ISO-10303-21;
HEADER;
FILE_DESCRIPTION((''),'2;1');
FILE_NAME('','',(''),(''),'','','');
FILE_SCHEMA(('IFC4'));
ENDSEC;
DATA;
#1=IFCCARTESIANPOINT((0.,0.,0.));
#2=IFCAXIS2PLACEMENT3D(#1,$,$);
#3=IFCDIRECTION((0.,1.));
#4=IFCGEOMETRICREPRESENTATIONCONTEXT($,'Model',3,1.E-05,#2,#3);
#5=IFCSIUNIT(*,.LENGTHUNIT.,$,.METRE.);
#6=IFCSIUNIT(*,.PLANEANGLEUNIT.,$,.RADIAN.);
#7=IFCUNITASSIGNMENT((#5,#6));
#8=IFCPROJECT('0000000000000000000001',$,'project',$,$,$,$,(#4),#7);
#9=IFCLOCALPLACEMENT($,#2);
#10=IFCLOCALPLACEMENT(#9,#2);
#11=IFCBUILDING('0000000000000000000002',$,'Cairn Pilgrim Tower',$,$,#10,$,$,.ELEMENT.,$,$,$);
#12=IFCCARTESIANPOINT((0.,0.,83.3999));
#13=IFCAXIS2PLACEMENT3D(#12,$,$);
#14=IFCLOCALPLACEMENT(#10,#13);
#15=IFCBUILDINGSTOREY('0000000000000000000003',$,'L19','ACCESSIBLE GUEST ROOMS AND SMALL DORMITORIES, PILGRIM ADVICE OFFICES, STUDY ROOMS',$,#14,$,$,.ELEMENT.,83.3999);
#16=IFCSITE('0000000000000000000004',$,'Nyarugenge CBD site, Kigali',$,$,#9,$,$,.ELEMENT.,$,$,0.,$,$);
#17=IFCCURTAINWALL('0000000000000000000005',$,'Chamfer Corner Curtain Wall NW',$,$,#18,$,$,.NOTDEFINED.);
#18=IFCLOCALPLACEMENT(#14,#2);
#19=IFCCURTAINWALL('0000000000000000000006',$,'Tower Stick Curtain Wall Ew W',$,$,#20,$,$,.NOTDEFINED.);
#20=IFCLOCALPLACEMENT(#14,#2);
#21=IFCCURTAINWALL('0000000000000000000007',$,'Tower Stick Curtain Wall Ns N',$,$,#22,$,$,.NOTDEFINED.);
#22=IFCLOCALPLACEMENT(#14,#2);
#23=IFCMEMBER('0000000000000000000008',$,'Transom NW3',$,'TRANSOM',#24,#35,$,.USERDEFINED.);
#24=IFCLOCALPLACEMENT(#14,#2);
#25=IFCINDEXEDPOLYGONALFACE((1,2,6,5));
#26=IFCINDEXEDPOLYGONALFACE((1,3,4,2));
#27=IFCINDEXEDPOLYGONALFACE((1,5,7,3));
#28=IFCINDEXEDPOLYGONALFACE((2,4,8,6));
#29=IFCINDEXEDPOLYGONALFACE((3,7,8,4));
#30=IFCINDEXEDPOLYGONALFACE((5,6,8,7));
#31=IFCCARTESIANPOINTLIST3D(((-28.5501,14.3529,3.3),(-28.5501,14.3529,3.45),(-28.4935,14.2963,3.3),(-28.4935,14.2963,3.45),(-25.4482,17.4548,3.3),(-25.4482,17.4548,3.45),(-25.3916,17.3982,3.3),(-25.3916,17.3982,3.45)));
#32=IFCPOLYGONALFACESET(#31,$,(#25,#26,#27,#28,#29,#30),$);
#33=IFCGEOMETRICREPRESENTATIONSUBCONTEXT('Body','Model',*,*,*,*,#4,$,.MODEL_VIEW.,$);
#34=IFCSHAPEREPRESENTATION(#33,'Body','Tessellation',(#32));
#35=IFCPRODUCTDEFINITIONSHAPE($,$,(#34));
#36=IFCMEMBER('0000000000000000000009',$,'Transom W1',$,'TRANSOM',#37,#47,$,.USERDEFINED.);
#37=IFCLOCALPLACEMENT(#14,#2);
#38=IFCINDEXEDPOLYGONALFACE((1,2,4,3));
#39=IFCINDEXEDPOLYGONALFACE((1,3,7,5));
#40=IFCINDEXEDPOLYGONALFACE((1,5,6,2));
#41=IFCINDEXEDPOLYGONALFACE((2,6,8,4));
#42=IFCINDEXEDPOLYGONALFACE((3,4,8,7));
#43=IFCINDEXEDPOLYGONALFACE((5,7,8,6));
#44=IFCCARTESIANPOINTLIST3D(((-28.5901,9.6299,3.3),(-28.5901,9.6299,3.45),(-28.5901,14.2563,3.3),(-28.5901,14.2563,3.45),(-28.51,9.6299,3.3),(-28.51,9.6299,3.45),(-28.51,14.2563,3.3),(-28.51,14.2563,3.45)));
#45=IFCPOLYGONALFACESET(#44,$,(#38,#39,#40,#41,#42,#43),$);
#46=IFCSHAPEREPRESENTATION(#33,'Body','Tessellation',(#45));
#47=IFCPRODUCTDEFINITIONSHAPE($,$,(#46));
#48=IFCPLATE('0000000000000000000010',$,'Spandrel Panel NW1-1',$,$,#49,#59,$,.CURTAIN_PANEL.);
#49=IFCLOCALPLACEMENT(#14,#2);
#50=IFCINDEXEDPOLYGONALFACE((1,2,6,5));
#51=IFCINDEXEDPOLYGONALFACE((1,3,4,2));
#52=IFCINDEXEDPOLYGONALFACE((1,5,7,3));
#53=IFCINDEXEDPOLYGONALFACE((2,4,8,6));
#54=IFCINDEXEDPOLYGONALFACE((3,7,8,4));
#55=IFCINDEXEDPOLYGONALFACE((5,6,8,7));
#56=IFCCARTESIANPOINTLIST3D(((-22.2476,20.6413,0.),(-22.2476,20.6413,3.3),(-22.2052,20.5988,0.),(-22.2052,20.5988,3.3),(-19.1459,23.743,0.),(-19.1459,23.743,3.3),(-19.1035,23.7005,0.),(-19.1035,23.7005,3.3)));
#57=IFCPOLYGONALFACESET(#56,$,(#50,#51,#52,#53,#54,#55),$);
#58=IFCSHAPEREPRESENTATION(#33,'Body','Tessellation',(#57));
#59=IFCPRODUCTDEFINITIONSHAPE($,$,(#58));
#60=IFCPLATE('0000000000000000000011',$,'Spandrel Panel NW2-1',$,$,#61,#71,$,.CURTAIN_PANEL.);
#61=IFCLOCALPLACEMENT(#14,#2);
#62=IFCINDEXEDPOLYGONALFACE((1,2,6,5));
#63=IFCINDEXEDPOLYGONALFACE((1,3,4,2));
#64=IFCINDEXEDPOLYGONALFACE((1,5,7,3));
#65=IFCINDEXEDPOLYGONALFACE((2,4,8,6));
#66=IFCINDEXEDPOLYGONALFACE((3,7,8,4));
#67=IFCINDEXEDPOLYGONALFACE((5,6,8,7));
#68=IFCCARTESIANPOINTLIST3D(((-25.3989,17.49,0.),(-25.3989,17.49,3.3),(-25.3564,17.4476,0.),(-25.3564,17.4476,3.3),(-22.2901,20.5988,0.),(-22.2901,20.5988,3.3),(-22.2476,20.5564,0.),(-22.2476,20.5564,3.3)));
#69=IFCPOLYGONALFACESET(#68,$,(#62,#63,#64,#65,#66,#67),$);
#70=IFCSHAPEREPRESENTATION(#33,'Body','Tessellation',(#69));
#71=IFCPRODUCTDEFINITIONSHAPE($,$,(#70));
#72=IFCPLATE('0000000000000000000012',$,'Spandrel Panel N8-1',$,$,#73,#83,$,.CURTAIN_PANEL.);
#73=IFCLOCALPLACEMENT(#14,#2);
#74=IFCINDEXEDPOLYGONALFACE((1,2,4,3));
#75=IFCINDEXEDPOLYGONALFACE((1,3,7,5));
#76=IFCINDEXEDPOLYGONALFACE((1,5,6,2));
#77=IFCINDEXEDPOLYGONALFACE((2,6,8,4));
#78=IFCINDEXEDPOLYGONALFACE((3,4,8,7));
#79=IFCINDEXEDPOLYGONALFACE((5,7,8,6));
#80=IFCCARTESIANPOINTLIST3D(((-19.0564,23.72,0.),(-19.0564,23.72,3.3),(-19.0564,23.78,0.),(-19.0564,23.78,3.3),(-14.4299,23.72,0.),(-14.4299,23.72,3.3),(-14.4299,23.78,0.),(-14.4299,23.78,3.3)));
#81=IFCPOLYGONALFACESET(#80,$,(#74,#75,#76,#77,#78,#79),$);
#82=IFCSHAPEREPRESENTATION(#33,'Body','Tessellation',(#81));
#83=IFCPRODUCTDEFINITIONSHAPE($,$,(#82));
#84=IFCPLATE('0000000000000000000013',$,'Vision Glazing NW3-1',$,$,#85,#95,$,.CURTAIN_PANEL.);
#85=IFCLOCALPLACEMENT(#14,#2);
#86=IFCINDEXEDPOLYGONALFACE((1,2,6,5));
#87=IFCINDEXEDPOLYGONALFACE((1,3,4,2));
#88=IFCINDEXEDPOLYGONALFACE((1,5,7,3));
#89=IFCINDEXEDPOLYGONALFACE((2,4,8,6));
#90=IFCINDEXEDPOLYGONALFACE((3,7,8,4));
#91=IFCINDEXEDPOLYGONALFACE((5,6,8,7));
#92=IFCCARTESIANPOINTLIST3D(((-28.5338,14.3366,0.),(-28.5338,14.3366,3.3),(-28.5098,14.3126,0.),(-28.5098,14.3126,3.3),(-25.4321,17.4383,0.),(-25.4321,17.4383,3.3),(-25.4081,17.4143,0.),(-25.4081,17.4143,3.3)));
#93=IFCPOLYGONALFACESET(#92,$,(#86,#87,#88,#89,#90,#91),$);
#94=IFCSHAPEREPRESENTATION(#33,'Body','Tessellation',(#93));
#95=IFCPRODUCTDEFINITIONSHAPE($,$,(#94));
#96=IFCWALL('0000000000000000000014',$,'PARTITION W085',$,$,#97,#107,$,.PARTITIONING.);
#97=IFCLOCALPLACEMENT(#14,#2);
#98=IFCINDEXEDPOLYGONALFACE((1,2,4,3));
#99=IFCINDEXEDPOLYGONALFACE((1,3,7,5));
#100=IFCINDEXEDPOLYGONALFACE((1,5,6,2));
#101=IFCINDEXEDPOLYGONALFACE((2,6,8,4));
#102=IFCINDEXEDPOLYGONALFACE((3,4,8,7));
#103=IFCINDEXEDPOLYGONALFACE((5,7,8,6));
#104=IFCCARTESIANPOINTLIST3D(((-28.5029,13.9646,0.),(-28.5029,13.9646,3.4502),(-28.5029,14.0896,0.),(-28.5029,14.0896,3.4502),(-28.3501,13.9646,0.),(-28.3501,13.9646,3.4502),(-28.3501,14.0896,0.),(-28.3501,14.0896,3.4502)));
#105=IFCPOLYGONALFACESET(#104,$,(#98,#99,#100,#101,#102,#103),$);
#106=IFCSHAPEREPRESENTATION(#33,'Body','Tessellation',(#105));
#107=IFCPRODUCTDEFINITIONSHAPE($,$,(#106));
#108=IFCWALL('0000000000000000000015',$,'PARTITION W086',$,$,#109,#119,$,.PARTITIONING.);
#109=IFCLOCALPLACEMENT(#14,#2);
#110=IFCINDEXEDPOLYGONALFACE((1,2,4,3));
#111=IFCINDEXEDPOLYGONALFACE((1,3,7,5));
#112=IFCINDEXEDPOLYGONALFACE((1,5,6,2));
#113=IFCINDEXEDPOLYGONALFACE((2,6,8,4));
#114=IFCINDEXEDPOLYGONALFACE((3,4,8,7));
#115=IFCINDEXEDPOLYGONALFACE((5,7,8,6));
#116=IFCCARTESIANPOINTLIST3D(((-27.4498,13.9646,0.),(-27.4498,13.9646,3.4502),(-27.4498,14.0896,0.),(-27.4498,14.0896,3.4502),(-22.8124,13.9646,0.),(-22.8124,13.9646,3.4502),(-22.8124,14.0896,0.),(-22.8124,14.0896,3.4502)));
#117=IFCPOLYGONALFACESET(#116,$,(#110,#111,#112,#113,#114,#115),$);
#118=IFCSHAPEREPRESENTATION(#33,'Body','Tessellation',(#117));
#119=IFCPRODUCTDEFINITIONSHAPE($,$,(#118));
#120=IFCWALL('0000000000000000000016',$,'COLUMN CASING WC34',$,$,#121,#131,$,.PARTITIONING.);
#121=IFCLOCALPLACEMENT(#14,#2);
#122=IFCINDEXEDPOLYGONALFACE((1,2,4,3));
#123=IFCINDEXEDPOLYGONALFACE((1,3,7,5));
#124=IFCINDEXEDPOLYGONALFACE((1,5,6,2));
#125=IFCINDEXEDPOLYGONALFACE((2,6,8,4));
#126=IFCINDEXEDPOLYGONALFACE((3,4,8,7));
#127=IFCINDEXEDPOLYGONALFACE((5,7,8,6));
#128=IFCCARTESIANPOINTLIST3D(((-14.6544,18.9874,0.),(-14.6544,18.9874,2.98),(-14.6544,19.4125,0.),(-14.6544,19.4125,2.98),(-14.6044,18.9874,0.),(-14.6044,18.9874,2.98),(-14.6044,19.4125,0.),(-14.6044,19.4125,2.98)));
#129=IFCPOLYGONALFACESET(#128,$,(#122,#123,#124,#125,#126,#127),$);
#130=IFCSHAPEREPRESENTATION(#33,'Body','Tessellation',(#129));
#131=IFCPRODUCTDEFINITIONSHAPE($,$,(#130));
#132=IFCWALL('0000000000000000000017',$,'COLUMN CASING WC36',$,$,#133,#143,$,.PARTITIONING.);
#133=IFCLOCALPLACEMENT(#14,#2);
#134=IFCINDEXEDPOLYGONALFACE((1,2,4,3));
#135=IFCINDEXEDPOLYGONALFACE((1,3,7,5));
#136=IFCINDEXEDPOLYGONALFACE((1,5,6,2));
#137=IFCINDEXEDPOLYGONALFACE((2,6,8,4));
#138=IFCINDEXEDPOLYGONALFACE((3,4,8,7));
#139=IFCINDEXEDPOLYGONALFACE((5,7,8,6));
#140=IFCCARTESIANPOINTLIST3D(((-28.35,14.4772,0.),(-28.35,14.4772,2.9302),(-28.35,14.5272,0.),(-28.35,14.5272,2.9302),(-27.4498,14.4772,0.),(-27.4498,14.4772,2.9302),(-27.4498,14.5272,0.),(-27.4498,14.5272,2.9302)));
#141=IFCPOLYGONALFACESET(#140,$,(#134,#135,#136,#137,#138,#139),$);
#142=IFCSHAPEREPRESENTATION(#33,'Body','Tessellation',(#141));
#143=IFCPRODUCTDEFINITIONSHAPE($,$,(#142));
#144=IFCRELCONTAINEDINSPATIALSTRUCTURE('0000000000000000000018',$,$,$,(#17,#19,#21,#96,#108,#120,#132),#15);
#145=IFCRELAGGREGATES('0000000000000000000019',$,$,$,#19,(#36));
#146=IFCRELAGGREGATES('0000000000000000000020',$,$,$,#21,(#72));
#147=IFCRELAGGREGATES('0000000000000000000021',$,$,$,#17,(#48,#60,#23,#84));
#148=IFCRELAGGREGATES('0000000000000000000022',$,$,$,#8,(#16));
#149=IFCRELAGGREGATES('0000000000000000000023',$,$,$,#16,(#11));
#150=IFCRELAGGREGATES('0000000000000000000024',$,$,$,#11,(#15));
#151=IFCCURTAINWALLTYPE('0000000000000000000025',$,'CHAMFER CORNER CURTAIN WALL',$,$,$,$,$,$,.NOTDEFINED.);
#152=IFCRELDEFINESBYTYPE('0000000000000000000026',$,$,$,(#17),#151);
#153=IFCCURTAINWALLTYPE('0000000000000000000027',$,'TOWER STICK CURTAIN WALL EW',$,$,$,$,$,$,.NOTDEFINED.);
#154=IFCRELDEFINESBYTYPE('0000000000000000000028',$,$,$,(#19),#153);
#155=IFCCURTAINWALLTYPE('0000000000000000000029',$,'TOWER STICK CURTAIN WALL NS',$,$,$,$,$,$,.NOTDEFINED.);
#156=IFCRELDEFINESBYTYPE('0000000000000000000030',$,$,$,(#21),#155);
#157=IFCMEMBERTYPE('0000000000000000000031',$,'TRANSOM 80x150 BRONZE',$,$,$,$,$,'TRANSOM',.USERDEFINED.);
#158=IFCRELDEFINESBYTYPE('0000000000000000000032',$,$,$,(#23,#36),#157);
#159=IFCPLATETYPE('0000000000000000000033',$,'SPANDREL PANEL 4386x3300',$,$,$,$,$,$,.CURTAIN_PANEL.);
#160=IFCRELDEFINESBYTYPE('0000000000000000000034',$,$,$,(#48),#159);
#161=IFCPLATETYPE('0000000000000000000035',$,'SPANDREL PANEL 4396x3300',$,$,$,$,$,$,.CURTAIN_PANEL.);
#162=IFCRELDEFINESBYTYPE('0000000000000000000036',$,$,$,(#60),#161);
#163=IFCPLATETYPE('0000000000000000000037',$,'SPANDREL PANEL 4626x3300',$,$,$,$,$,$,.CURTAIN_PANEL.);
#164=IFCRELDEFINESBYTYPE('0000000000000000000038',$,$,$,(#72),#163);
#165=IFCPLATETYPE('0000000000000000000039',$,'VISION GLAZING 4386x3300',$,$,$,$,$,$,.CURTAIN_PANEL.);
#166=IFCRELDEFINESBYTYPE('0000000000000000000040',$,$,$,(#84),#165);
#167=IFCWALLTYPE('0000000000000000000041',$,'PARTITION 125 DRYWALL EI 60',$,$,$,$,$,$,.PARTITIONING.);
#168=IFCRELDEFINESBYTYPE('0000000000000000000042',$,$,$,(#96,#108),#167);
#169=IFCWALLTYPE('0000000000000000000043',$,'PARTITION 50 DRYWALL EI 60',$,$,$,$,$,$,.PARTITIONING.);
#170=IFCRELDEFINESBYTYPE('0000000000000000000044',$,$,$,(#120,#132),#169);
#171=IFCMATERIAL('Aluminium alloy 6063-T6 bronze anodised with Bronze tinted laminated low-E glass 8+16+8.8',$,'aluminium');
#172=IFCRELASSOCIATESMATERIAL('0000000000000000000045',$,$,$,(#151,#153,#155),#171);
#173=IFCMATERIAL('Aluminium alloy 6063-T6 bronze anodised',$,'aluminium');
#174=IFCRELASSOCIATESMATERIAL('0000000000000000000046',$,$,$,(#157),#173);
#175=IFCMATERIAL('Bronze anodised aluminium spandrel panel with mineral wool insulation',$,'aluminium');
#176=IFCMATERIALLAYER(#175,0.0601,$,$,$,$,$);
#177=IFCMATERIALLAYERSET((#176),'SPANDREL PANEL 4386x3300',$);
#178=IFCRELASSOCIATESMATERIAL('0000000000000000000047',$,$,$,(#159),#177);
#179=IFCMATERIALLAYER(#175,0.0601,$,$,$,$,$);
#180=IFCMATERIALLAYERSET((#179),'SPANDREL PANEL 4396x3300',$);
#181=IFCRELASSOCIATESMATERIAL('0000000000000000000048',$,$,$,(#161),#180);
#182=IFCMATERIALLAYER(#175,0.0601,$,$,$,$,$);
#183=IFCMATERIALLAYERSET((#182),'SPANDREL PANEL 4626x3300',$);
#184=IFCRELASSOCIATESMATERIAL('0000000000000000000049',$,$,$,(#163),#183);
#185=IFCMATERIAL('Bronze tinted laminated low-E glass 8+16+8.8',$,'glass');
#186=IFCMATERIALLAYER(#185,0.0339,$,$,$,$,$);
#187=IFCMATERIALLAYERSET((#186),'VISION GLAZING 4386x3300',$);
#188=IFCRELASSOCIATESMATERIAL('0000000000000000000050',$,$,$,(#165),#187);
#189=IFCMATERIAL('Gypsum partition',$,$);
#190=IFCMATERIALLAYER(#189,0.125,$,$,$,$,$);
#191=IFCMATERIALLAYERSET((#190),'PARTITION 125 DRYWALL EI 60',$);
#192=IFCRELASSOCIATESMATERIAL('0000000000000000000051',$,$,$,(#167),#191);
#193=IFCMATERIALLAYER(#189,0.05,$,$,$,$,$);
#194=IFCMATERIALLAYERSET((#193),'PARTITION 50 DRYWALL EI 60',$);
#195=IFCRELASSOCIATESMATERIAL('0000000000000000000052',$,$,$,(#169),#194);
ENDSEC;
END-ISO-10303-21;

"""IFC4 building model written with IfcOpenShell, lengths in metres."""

from ifc_helpers import new_model, si_unit, direction, frame, frame_2d, origin, origin_2d, place, context, subcontext, project, spatial, rectangle, extrude, material, layer, layer_set, material_profile, profile_set, type_object, element, aggregate, save


model = new_model("IFC4")

# Units and contexts
model_context = context("Model", 3, precision=1e-05, world=origin(), true_north=direction((0.0, 1.0)))
body_context = subcontext(model_context, "Body", "Model", "MODEL_VIEW")
ifc_project = project(units=[si_unit("LENGTHUNIT", "METRE"), si_unit("PLANEANGLEUNIT", "RADIAN")], contexts=[model_context])

# Site, building, storey
site_placement = place(None, origin())
site = spatial("IfcSite", under=ifc_project, at=site_placement, Name="Nyarugenge CBD site, Kigali", CompositionType="ELEMENT", RefElevation=0.0)
building_placement = place(site_placement, origin())
building = spatial("IfcBuilding", under=site, at=building_placement, Name="Cairn Pilgrim Tower", CompositionType="ELEMENT")
storey_placement = place(building_placement, frame((0.0, 0.0, 83.3999)))
storey = spatial("IfcBuildingStorey", under=building, at=storey_placement, Name="L19", Description="ACCESSIBLE GUEST ROOMS AND SMALL DORMITORIES, PILGRIM ADVICE OFFICES, STUDY ROOMS", CompositionType="ELEMENT", Elevation=83.3999)

# Curtain wall
ifc_material_1 = material(Name="Aluminium alloy 6063-T6 bronze anodised with Bronze tinted laminated low-E glass 8+16+8.8", Category="aluminium")
curtain_wall_type_1 = type_object("IfcCurtainWallType", Name="CHAMFER CORNER CURTAIN WALL", PredefinedType="NOTDEFINED", material=ifc_material_1)
curtain_wall_1_placement = place(storey_placement, origin())
curtain_wall_1 = element("IfcCurtainWall", 1, at=curtain_wall_1_placement, inside=storey, type_object=curtain_wall_type_1, Name="Chamfer Corner Curtain Wall NW", PredefinedType="NOTDEFINED")
ifc_material_2 = material(Name="Aluminium alloy 6063-T6 bronze anodised", Category="aluminium")

# Curtain wall
curtain_wall_type_2 = type_object("IfcCurtainWallType", Name="TOWER STICK CURTAIN WALL EW", PredefinedType="NOTDEFINED", material=ifc_material_1)
curtain_wall_2_placement = place(storey_placement, origin())
curtain_wall_2 = element("IfcCurtainWall", 2, at=curtain_wall_2_placement, inside=storey, type_object=curtain_wall_type_2, Name="Tower Stick Curtain Wall Ew W", PredefinedType="NOTDEFINED")

# Curtain wall
curtain_wall_type_3 = type_object("IfcCurtainWallType", Name="TOWER STICK CURTAIN WALL NS", PredefinedType="NOTDEFINED", material=ifc_material_1)
curtain_wall_3_placement = place(storey_placement, origin())
curtain_wall_3 = element("IfcCurtainWall", 3, at=curtain_wall_3_placement, inside=storey, type_object=curtain_wall_type_3, Name="Tower Stick Curtain Wall Ns N", PredefinedType="NOTDEFINED")
ifc_material_profile_1 = material_profile(ifc_material_2, rectangle(XDim=0.0801, YDim=0.1499, at=origin_2d()), Name="TRANSOM 80x150 BRONZE")
ifc_profile_set_1 = profile_set([ifc_material_profile_1], Name="Aluminium alloy 6063-T6 bronze anodised")
member_type_1 = type_object("IfcMemberType", Name="TRANSOM 80x150 BRONZE", ElementType="TRANSOM", PredefinedType="USERDEFINED", material=ifc_profile_set_1)

# Members
member_1_placement = place(storey_placement, frame((-25.4199, 17.4265, 3.375), z_axis=(-0.707107, -0.707107, 0.0), x_axis=(0.707107, -0.707107, 0.0)))
member_1 = element("IfcMember", 4, at=member_1_placement, type_object=member_type_1, Name="Transom NW3", ObjectType="TRANSOM", PredefinedType="USERDEFINED", context=body_context, shape_type="SweptSolid", body=[
    extrude(rectangle(XDim=0.0801, YDim=0.1499, at=origin_2d()), origin(), (0.0, 0.0, 1.0), 4.3867),
])
member_2_placement = place(storey_placement, frame((-28.55, 14.2563, 3.375), z_axis=(0.0, -1.0, 0.0), x_axis=(1.0, 0.0, 0.0)))
member_2 = element("IfcMember", 5, at=member_2_placement, type_object=member_type_1, Name="Transom W1", ObjectType="TRANSOM", PredefinedType="USERDEFINED", context=body_context, shape_type="SweptSolid", body=[
    extrude(rectangle(XDim=0.0801, YDim=0.1499, at=origin_2d()), origin(), (0.0, 0.0, 1.0), 4.6265),
])
aggregate(curtain_wall_2, [member_2])

# Plates
ifc_material_3 = material(Name="Bronze anodised aluminium spandrel panel with mineral wool insulation", Category="aluminium")
ifc_layer_1 = layer(ifc_material_3, 0.0601)
ifc_layer_set_1 = layer_set([ifc_layer_1], Name="SPANDREL PANEL 4386x3300")
plate_type_1 = type_object("IfcPlateType", Name="SPANDREL PANEL 4386x3300", PredefinedType="CURTAIN_PANEL", material=ifc_layer_set_1)
plate_1_placement = place(storey_placement, frame((-20.6755, 22.1709, 0.0), z_axis=(0.0, 0.0, 1.0), x_axis=(-0.707107, -0.707107, 0.0)))
plate_1 = element("IfcPlate", 6, at=plate_1_placement, type_object=plate_type_1, Name="Spandrel Panel NW1-1", PredefinedType="CURTAIN_PANEL", context=body_context, shape_type="SweptSolid", body=[
    extrude(rectangle(XDim=4.3865, YDim=0.0601, at=origin_2d()), origin(), (0.0, 0.0, 1.0), 3.3),
])
ifc_layer_2 = layer(ifc_material_3, 0.0601)
ifc_layer_set_2 = layer_set([ifc_layer_2], Name="SPANDREL PANEL 4396x3300")
plate_type_2 = type_object("IfcPlateType", Name="SPANDREL PANEL 4396x3300", PredefinedType="CURTAIN_PANEL", material=ifc_layer_set_2)
plate_2_placement = place(storey_placement, frame((-23.8232, 19.0232, 0.0), z_axis=(0.0, 0.0, 1.0), x_axis=(-0.707107, -0.707107, 0.0)))
plate_2 = element("IfcPlate", 7, at=plate_2_placement, type_object=plate_type_2, Name="Spandrel Panel NW2-1", PredefinedType="CURTAIN_PANEL", context=body_context, shape_type="SweptSolid", body=[
    extrude(rectangle(XDim=4.3965, YDim=0.0601, at=origin_2d()), origin(), (0.0, 0.0, 1.0), 3.3),
])
ifc_layer_3 = layer(ifc_material_3, 0.0601)
ifc_layer_set_3 = layer_set([ifc_layer_3], Name="SPANDREL PANEL 4626x3300")
plate_type_3 = type_object("IfcPlateType", Name="SPANDREL PANEL 4626x3300", PredefinedType="CURTAIN_PANEL", material=ifc_layer_set_3)
plate_3_placement = place(storey_placement, frame((-16.7432, 23.75, 0.0), z_axis=(0.0, 0.0, 1.0), x_axis=(-1.0, 0.0, 0.0)))
plate_3 = element("IfcPlate", 8, at=plate_3_placement, type_object=plate_type_3, Name="Spandrel Panel N8-1", PredefinedType="CURTAIN_PANEL", context=body_context, shape_type="SweptSolid", body=[
    extrude(rectangle(XDim=4.6265, YDim=0.0601, at=origin_2d()), origin(), (0.0, 0.0, 1.0), 3.3),
])
aggregate(curtain_wall_3, [plate_3])
ifc_material_4 = material(Name="Bronze tinted laminated low-E glass 8+16+8.8", Category="glass")
ifc_layer_4 = layer(ifc_material_4, 0.0339)
ifc_layer_set_4 = layer_set([ifc_layer_4], Name="VISION GLAZING 4386x3300")
plate_type_4 = type_object("IfcPlateType", Name="VISION GLAZING 4386x3300", PredefinedType="CURTAIN_PANEL", material=ifc_layer_set_4)
plate_4_placement = place(storey_placement, frame((-26.9709, 15.8755, 0.0), z_axis=(0.0, 0.0, 1.0), x_axis=(-0.707107, -0.707107, 0.0)))
plate_4 = element("IfcPlate", 9, at=plate_4_placement, type_object=plate_type_4, Name="Vision Glazing NW3-1", PredefinedType="CURTAIN_PANEL", context=body_context, shape_type="SweptSolid", body=[
    extrude(rectangle(XDim=4.3865, YDim=0.0339, at=origin_2d()), origin(), (0.0, 0.0, 1.0), 3.3),
])
aggregate(curtain_wall_1, [plate_1, plate_2, member_1, plate_4])

# Walls
ifc_material_5 = material(Name="Gypsum partition")
ifc_layer_5 = layer(ifc_material_5, 0.125)
ifc_layer_set_5 = layer_set([ifc_layer_5], Name="PARTITION 125 DRYWALL EI 60")
wall_type_1 = type_object("IfcWallType", Name="PARTITION 125 DRYWALL EI 60", PredefinedType="PARTITIONING", material=ifc_layer_set_5)
wall_1_placement = place(storey_placement, frame((-28.5029, 14.0271, 0.0), z_axis=(0.0, 0.0, 1.0), x_axis=(1.0, 0.0, 0.0)))
element("IfcWall", 10, at=wall_1_placement, inside=storey, type_object=wall_type_1, Name="PARTITION W085", PredefinedType="PARTITIONING", context=body_context, shape_type="SweptSolid", body=[
    extrude(rectangle(XDim=0.1528, YDim=0.125, at=frame_2d((0.0764, 0.0))), origin(), (0.0, 0.0, 1.0), 3.4502),
])
wall_2_placement = place(storey_placement, frame((-27.45, 14.0271, 0.0), z_axis=(0.0, 0.0, 1.0), x_axis=(1.0, 0.0, 0.0)))
element("IfcWall", 11, at=wall_2_placement, inside=storey, type_object=wall_type_1, Name="PARTITION W086", PredefinedType="PARTITIONING", context=body_context, shape_type="SweptSolid", body=[
    extrude(rectangle(XDim=4.6375, YDim=0.125, at=frame_2d((2.3188, 0.0))), origin(), (0.0, 0.0, 1.0), 3.4502),
])
ifc_layer_6 = layer(ifc_material_5, 0.05)
ifc_layer_set_6 = layer_set([ifc_layer_6], Name="PARTITION 50 DRYWALL EI 60")
wall_type_2 = type_object("IfcWallType", Name="PARTITION 50 DRYWALL EI 60", PredefinedType="PARTITIONING", material=ifc_layer_set_6)
wall_3_placement = place(storey_placement, frame((-14.6294, 18.9875, 0.0), z_axis=(0.0, 0.0, 1.0), x_axis=(0.0, 1.0, 0.0)))
element("IfcWall", 12, at=wall_3_placement, inside=storey, type_object=wall_type_2, Name="COLUMN CASING WC34", PredefinedType="PARTITIONING", context=body_context, shape_type="SweptSolid", body=[
    extrude(rectangle(XDim=0.425, YDim=0.05, at=frame_2d((0.2124, 0.0))), origin(), (0.0, 0.0, 1.0), 2.98),
])
wall_4_placement = place(storey_placement, frame((-28.3501, 14.5022, 0.0), z_axis=(0.0, 0.0, 1.0), x_axis=(1.0, 0.0, 0.0)))
element("IfcWall", 13, at=wall_4_placement, inside=storey, type_object=wall_type_2, Name="COLUMN CASING WC36", PredefinedType="PARTITIONING", context=body_context, shape_type="SweptSolid", body=[
    extrude(rectangle(XDim=0.9001, YDim=0.05, at=frame_2d((0.4502, 0.0))), origin(), (0.0, 0.0, 1.0), 2.9302),
])

save(model, "model.ifc")
